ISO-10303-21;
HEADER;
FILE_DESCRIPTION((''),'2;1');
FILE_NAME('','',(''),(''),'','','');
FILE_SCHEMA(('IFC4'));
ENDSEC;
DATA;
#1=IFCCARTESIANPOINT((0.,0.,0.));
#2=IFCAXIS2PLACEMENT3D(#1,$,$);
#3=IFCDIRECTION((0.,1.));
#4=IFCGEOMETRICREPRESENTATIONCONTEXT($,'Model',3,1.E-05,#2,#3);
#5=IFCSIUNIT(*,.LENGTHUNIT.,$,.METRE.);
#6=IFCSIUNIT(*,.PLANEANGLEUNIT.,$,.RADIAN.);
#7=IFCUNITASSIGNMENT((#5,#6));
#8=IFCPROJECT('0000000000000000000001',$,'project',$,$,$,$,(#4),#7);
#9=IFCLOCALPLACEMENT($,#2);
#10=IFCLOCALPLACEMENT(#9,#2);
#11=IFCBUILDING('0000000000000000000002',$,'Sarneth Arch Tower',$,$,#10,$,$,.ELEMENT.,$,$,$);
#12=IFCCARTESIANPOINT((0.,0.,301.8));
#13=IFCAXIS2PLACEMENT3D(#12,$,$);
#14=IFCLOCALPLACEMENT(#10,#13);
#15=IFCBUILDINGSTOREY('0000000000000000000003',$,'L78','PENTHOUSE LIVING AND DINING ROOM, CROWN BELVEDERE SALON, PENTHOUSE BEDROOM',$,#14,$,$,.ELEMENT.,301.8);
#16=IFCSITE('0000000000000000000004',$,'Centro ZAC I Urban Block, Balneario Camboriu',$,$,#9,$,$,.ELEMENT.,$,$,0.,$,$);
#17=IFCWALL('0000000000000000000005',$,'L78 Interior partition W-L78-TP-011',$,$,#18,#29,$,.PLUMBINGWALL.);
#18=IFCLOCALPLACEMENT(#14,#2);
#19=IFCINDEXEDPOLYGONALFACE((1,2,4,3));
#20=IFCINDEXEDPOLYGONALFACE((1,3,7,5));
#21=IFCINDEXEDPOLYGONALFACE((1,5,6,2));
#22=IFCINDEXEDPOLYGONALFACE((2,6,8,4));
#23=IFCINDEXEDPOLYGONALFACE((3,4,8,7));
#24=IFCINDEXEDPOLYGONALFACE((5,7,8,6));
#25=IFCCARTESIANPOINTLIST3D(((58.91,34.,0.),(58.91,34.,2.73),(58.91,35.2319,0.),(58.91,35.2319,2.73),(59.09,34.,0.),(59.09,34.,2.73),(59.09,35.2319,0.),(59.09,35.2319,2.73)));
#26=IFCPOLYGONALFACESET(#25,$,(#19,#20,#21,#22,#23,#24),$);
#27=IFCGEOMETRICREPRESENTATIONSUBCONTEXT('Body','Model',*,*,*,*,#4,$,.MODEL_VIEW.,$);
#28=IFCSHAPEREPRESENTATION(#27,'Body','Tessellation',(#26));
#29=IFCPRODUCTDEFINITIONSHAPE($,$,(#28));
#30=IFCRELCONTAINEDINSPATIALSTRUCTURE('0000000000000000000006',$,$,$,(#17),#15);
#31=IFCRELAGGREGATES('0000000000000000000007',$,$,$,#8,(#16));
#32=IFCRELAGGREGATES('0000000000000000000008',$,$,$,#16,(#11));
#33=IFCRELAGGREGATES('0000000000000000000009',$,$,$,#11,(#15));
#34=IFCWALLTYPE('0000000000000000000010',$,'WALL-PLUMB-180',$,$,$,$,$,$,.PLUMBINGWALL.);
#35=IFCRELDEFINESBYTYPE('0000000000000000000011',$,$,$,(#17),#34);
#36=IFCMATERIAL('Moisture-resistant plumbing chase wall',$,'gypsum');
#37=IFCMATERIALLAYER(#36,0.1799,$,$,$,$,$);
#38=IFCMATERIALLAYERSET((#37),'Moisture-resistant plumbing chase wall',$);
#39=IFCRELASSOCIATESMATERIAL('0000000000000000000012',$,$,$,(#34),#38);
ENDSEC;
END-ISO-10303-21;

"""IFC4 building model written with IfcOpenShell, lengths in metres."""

from ifc_helpers import new_model, si_unit, direction, frame, frame_2d, origin, place, context, subcontext, project, spatial, rectangle, extrude, material, layer, layer_set, type_object, element, save


model = new_model("IFC4")

# Units and contexts
model_context = context("Model", 3, precision=1e-05, world=origin(), true_north=direction((0.0, 1.0)))
body_context = subcontext(model_context, "Body", "Model", "MODEL_VIEW")
ifc_project = project(units=[si_unit("LENGTHUNIT", "METRE"), si_unit("PLANEANGLEUNIT", "RADIAN")], contexts=[model_context])

# Site, building, storey
site_placement = place(None, origin())
site = spatial("IfcSite", under=ifc_project, at=site_placement, Name="Centro ZAC I Urban Block, Balneario Camboriu", CompositionType="ELEMENT", RefElevation=0.0)
building_placement = place(site_placement, origin())
building = spatial("IfcBuilding", under=site, at=building_placement, Name="Sarneth Arch Tower", CompositionType="ELEMENT")
storey_placement = place(building_placement, frame((0.0, 0.0, 301.8)))
storey = spatial("IfcBuildingStorey", under=building, at=storey_placement, Name="L78", Description="PENTHOUSE LIVING AND DINING ROOM, CROWN BELVEDERE SALON, PENTHOUSE BEDROOM", CompositionType="ELEMENT", Elevation=301.8)

# Wall
ifc_material_1 = material(Name="Moisture-resistant plumbing chase wall", Category="gypsum")
ifc_layer_1 = layer(ifc_material_1, 0.1799)
ifc_layer_set_1 = layer_set([ifc_layer_1], Name="Moisture-resistant plumbing chase wall")
wall_type_1 = type_object("IfcWallType", Name="WALL-PLUMB-180", PredefinedType="PLUMBINGWALL", material=ifc_layer_set_1)
wall_1_placement = place(storey_placement, frame((59.0, 34.0, 0.0), z_axis=(0.0, 0.0, 1.0), x_axis=(0.0, 1.0, 0.0)))
element("IfcWall", 1, at=wall_1_placement, inside=storey, type_object=wall_type_1, Name="L78 Interior partition W-L78-TP-011", PredefinedType="PLUMBINGWALL", context=body_context, shape_type="SweptSolid", body=[
    extrude(rectangle(XDim=1.2319, YDim=0.1799, at=frame_2d((0.616, 0.0))), origin(), (0.0, 0.0, 1.0), 2.73),
])

save(model, "model.ifc")
